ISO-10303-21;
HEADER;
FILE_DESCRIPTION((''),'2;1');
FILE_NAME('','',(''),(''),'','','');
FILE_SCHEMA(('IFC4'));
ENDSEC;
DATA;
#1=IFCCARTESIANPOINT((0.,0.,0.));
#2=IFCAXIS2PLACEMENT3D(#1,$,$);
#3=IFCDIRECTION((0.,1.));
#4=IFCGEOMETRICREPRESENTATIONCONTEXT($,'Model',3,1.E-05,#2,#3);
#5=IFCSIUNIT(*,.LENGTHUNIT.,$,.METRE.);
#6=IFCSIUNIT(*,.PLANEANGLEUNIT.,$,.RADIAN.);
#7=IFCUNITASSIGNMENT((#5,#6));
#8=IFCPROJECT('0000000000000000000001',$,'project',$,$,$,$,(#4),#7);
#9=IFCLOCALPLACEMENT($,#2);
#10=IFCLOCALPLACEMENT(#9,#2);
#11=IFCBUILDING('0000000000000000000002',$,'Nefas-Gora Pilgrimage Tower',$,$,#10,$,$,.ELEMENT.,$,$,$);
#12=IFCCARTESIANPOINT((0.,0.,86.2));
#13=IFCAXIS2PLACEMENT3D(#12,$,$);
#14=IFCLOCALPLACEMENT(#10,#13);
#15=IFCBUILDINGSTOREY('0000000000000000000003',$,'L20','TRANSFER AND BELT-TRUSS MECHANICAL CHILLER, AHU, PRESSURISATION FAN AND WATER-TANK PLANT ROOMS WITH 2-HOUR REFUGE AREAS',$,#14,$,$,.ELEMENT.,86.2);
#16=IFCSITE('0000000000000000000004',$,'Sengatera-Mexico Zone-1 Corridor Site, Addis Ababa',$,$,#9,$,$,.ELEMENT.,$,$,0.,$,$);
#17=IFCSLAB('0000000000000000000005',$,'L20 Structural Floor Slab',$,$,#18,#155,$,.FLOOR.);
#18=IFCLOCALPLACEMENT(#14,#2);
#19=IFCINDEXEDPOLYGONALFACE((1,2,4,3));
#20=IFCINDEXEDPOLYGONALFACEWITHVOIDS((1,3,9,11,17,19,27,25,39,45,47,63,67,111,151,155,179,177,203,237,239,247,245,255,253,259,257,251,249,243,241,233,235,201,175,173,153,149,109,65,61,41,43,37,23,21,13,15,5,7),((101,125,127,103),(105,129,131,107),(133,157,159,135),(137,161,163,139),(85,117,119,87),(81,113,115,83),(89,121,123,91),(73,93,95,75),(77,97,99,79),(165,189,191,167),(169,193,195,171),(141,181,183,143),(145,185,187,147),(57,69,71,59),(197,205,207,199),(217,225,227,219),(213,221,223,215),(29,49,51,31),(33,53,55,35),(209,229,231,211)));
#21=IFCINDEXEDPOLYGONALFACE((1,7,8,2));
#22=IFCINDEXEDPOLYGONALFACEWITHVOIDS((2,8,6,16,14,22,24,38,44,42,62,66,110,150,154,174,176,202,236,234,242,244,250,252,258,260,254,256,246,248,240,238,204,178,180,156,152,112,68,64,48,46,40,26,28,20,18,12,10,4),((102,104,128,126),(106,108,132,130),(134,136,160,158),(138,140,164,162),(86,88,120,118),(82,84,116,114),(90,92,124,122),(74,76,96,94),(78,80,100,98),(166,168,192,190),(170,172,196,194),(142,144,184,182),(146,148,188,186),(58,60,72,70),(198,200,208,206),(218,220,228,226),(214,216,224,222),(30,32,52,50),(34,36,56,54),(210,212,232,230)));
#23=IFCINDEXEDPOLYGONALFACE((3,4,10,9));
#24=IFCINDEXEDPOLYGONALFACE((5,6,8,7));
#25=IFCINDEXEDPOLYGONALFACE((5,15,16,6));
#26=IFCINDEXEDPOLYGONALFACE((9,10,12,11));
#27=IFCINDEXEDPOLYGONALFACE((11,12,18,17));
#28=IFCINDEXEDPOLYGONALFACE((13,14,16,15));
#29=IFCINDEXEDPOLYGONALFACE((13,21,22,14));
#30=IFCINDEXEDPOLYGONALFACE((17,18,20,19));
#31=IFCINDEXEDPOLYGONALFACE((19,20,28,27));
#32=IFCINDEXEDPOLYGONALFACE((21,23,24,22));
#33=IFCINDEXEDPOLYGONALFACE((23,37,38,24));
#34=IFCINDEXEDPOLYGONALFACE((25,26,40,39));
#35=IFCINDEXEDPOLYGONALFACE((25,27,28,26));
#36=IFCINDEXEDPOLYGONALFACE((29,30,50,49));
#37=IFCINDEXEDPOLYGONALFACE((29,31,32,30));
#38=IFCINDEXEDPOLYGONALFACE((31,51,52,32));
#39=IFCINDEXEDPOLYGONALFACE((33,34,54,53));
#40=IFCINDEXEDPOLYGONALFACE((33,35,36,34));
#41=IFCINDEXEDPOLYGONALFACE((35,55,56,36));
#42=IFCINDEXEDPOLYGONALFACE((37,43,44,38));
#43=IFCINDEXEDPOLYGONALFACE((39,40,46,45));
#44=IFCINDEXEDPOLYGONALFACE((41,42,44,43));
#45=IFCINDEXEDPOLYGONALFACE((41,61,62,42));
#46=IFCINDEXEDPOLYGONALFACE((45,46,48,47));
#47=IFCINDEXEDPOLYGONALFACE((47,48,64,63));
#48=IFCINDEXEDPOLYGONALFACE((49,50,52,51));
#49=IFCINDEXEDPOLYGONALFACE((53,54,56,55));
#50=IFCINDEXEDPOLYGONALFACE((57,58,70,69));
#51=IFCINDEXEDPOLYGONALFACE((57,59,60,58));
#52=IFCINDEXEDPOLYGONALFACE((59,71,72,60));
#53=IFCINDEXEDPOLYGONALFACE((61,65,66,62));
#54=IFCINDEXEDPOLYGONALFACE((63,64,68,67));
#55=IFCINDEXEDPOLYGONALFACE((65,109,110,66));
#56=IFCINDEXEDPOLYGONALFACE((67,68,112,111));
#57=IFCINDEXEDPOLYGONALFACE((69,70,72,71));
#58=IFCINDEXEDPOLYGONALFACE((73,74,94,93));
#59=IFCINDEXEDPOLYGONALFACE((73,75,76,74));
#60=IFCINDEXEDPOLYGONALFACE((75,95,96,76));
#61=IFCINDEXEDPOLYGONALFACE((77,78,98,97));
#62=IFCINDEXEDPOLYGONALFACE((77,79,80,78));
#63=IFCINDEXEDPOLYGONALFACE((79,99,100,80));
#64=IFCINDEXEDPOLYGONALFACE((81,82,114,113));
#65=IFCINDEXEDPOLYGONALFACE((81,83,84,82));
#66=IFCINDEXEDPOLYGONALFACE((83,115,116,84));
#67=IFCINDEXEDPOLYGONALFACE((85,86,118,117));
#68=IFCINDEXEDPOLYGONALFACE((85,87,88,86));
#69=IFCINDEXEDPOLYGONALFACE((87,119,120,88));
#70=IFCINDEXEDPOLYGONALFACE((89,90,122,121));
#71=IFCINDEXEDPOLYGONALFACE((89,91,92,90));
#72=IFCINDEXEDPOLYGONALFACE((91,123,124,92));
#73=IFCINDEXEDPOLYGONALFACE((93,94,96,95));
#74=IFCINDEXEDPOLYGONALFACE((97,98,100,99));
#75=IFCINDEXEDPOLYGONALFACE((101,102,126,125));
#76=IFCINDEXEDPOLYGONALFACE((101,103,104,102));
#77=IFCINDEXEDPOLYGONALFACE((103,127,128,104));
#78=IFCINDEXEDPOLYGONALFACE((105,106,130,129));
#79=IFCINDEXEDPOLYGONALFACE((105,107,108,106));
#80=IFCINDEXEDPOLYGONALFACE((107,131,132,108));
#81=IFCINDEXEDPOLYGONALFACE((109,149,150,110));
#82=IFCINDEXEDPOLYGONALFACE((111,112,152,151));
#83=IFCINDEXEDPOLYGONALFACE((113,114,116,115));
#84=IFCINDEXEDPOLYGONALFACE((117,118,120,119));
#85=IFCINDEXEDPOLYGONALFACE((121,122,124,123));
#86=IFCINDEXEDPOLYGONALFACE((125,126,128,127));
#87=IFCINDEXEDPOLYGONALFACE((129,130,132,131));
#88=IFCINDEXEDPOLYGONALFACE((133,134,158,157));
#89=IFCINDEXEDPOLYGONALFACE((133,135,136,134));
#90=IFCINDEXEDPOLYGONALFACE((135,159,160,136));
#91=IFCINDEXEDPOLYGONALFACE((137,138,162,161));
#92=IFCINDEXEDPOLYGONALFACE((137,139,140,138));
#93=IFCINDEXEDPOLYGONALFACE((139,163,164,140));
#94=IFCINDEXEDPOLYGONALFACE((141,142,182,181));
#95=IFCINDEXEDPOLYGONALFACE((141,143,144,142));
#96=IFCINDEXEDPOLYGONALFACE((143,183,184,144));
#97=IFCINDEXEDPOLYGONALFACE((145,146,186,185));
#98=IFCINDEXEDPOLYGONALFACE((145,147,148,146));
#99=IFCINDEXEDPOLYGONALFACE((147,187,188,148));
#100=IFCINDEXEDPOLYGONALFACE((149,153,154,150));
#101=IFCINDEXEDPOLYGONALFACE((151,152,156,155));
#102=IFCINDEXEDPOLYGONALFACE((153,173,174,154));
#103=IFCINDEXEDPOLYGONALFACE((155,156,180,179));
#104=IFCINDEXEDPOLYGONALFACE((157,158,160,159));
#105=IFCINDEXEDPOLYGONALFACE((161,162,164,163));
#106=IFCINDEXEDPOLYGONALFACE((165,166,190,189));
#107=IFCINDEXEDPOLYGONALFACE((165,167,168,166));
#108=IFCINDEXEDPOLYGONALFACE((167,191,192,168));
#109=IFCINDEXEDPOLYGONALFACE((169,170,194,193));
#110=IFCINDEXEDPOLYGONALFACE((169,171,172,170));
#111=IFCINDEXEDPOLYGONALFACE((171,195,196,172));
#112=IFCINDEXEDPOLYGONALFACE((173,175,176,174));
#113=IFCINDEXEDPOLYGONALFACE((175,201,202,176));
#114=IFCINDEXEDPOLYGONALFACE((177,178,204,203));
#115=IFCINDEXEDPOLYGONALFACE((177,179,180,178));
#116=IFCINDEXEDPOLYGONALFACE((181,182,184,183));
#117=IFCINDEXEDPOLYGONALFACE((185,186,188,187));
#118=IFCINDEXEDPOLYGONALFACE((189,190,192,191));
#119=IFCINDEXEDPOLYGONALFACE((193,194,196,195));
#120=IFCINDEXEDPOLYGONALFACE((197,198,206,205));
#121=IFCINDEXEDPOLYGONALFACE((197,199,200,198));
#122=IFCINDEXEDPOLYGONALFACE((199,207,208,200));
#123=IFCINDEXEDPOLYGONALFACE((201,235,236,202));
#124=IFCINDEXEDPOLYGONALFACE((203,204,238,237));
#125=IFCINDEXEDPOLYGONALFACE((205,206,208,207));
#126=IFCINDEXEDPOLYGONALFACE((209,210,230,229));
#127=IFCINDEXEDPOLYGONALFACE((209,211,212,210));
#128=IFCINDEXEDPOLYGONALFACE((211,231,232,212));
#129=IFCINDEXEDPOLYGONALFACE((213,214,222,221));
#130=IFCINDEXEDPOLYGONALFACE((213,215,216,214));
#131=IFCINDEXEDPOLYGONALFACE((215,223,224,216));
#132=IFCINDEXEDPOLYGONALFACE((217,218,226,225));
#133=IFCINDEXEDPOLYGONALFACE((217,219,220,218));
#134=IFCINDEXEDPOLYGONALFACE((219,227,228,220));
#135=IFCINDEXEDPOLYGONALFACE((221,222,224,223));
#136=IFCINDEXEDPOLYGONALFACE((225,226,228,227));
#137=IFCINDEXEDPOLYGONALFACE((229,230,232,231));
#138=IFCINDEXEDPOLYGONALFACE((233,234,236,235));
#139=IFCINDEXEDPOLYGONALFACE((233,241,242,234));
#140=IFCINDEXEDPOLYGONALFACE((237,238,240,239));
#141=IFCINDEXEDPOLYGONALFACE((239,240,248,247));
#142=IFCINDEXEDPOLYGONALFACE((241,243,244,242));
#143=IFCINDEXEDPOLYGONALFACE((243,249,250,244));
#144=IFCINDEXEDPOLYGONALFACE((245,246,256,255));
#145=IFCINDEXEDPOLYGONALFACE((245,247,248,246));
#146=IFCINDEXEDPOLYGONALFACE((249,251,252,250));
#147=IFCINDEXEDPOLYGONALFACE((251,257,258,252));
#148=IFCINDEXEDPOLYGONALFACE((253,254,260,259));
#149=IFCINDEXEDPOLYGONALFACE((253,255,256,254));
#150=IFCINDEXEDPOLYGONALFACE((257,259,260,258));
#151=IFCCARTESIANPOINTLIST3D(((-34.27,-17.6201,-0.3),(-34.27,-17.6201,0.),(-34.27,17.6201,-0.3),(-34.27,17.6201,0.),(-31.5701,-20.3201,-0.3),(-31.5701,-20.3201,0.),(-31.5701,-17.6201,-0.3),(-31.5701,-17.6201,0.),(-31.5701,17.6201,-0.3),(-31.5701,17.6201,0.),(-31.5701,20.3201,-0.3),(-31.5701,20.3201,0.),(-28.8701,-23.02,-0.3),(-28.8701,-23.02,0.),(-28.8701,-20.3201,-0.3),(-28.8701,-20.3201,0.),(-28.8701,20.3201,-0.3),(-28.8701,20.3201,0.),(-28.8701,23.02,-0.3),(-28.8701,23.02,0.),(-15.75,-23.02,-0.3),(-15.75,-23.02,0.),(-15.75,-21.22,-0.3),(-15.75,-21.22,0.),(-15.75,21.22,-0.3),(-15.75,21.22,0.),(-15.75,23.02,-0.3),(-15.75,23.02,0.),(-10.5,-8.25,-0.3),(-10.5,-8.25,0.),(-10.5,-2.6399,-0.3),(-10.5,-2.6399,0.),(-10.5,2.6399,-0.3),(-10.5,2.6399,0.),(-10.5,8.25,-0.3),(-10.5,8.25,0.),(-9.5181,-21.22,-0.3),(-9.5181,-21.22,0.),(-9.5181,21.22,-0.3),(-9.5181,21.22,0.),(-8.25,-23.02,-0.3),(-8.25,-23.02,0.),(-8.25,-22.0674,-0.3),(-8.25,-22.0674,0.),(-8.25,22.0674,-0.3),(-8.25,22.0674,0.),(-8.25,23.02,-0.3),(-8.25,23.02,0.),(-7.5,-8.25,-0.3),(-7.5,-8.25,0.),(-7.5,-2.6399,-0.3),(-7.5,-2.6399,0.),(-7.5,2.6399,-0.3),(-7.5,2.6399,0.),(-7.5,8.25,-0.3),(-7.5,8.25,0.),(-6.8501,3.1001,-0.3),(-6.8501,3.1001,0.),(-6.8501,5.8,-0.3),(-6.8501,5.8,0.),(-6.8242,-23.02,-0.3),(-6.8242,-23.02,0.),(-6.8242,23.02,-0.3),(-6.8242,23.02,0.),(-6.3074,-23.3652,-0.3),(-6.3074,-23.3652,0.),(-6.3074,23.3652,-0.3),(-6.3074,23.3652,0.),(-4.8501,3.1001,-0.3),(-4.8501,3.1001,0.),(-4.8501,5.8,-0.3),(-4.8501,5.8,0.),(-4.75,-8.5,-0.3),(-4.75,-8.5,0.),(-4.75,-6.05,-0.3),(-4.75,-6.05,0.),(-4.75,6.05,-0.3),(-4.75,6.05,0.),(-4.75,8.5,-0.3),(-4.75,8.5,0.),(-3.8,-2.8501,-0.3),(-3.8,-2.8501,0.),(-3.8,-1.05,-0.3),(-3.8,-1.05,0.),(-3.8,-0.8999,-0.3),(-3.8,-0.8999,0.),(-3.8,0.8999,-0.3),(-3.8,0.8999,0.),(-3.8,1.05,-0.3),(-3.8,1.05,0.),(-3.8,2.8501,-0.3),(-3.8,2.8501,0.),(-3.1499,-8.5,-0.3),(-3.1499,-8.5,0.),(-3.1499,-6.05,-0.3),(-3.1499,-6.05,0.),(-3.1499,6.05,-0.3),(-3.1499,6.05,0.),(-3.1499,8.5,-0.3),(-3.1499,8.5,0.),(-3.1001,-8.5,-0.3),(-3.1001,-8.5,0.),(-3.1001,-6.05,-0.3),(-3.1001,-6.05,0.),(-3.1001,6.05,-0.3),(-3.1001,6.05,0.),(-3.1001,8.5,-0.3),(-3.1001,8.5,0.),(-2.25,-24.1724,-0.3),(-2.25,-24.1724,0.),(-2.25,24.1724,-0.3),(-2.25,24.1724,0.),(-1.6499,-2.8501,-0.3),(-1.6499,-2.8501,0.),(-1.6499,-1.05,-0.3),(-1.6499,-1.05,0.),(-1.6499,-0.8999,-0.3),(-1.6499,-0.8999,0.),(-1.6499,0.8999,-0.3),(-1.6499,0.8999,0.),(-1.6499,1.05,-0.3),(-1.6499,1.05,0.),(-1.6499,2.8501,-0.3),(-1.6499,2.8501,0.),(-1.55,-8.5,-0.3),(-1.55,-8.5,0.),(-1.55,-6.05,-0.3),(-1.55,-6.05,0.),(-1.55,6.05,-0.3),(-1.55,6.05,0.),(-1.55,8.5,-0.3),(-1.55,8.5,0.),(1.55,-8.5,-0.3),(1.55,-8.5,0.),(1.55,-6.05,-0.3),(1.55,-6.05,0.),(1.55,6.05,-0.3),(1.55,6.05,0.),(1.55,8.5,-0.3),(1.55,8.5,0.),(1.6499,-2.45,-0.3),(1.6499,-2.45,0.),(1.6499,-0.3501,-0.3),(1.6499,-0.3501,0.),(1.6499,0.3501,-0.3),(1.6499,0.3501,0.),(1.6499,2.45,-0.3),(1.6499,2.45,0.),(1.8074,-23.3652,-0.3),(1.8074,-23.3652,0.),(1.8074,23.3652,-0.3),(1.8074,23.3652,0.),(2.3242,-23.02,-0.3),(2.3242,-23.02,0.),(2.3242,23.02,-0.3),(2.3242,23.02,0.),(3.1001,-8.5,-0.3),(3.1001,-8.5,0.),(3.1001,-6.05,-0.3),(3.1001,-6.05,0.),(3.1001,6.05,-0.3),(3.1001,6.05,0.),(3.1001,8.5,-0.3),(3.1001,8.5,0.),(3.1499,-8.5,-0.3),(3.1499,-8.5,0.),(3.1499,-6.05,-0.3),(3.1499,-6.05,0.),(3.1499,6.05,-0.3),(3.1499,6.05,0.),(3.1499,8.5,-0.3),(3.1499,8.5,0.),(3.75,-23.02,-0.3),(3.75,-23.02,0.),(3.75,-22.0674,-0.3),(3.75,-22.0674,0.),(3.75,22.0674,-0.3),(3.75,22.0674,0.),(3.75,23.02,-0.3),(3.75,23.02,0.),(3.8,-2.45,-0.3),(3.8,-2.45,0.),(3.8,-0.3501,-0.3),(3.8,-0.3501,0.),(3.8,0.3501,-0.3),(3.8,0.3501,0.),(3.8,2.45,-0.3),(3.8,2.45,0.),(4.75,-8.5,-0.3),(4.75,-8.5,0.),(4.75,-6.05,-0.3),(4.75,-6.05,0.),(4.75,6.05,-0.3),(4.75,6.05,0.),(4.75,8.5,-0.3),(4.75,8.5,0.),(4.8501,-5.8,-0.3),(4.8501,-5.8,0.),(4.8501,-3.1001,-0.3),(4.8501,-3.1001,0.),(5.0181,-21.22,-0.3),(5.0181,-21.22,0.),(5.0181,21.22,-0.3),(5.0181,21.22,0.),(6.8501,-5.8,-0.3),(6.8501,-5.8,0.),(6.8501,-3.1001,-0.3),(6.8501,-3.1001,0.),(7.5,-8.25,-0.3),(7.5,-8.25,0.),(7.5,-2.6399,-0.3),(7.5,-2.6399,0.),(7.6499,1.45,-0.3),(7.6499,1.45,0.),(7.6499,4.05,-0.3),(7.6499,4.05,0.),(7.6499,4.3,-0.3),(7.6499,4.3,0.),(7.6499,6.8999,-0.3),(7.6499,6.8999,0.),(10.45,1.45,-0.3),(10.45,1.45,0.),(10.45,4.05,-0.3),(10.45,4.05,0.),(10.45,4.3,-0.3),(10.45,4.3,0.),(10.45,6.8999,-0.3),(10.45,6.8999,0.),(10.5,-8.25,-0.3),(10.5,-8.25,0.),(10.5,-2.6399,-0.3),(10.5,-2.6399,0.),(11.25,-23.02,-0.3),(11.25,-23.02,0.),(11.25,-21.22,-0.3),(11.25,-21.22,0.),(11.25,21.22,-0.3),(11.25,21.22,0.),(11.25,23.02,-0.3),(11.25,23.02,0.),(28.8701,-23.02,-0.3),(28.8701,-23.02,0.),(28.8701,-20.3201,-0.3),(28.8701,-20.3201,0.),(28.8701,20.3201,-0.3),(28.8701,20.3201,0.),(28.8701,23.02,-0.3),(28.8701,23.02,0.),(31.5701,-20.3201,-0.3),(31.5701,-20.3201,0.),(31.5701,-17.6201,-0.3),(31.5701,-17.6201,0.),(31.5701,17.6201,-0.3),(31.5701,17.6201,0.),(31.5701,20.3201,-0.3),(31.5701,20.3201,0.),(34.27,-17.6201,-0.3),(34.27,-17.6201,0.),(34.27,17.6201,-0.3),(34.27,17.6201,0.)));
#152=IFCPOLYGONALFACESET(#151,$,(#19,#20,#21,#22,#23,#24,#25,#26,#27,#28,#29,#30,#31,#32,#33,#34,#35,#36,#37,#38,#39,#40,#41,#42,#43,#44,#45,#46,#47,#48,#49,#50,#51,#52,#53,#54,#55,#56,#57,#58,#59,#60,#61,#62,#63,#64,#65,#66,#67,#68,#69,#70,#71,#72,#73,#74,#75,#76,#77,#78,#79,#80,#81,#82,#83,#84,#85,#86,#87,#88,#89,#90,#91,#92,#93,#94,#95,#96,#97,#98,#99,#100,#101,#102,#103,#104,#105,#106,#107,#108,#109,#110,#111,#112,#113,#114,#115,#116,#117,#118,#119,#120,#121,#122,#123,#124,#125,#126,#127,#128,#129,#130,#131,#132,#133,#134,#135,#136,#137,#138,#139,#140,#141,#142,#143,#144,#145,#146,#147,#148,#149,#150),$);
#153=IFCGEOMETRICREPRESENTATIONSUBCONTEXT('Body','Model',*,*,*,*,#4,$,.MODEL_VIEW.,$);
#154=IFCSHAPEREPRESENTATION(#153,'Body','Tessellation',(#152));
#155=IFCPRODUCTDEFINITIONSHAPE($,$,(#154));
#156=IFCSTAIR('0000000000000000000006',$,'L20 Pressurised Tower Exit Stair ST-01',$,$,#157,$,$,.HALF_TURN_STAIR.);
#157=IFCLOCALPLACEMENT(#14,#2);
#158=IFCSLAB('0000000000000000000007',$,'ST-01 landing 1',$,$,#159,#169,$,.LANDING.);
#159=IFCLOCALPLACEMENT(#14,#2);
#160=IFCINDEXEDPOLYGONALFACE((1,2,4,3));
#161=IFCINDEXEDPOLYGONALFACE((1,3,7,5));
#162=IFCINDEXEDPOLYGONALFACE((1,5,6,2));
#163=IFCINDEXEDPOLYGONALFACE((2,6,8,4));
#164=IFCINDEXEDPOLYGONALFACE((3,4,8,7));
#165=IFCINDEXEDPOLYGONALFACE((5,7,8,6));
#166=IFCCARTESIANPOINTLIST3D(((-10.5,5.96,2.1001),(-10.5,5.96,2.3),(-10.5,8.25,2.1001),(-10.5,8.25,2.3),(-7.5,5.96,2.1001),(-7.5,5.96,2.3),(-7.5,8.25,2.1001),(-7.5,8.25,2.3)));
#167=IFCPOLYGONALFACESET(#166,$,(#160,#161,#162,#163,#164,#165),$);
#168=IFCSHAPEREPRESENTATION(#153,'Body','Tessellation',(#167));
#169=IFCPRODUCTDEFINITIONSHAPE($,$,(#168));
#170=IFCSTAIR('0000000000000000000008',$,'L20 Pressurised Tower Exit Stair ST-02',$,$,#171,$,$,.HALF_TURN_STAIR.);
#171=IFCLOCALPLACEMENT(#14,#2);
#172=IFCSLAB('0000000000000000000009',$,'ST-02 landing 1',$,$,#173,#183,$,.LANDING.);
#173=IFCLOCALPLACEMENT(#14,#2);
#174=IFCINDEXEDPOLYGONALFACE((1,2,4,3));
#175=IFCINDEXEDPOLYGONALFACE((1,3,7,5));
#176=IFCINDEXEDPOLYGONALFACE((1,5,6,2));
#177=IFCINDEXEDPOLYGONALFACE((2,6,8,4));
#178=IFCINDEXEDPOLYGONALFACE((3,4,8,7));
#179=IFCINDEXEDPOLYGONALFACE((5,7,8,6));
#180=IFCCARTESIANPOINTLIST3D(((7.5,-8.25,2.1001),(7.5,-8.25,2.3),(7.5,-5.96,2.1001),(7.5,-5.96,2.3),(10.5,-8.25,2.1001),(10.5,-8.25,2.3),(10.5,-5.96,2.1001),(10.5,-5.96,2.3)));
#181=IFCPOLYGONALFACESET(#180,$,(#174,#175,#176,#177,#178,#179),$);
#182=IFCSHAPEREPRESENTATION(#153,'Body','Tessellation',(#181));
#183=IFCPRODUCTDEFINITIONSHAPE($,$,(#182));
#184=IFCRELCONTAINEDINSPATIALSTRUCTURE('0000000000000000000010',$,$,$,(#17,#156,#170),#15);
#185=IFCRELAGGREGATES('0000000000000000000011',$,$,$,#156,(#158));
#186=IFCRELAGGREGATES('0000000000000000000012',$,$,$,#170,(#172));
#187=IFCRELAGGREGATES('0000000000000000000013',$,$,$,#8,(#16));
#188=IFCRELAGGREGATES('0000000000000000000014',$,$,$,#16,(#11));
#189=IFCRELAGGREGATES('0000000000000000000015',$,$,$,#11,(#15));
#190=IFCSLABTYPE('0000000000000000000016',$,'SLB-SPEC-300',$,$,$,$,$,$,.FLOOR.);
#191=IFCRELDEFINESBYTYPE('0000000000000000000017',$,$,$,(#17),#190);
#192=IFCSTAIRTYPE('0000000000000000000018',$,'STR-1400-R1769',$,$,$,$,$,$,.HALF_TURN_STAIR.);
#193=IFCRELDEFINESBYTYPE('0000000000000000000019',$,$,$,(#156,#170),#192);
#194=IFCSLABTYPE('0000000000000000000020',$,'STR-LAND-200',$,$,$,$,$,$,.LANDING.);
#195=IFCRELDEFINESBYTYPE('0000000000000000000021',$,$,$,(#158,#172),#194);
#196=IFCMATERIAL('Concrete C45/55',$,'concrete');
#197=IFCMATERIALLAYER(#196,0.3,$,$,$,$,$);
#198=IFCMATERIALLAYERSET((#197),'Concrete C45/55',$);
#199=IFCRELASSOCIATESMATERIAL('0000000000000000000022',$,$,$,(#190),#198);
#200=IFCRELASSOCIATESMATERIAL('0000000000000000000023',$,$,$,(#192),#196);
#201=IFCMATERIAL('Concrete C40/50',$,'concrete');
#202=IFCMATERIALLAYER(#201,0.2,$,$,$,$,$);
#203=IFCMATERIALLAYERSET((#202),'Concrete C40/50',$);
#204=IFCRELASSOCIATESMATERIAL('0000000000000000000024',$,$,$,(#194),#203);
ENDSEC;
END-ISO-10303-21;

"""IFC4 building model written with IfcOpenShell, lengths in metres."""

from ifc_helpers import new_model, si_unit, direction, frame, origin, place, context, subcontext, project, spatial, polyline, outline, extrude, material, layer, layer_set, type_object, element, aggregate, save


model = new_model("IFC4")

# Units and contexts
model_context = context("Model", 3, precision=1e-05, world=origin(), true_north=direction((0.0, 1.0)))
body_context = subcontext(model_context, "Body", "Model", "MODEL_VIEW")
ifc_project = project(units=[si_unit("LENGTHUNIT", "METRE"), si_unit("PLANEANGLEUNIT", "RADIAN")], contexts=[model_context])

# Site, building, storey
site_placement = place(None, origin())
site = spatial("IfcSite", under=ifc_project, at=site_placement, Name="Sengatera-Mexico Zone-1 Corridor Site, Addis Ababa", CompositionType="ELEMENT", RefElevation=0.0)
building_placement = place(site_placement, origin())
building = spatial("IfcBuilding", under=site, at=building_placement, Name="Nefas-Gora Pilgrimage Tower", CompositionType="ELEMENT")
storey_placement = place(building_placement, frame((0.0, 0.0, 86.2)))
storey = spatial("IfcBuildingStorey", under=building, at=storey_placement, Name="L20", Description="TRANSFER AND BELT-TRUSS MECHANICAL CHILLER, AHU, PRESSURISATION FAN AND WATER-TANK PLANT ROOMS WITH 2-HOUR REFUGE AREAS", CompositionType="ELEMENT", Elevation=86.2)

# Slab
ifc_material_1 = material(Name="Concrete C45/55", Category="concrete")
ifc_layer_1 = layer(ifc_material_1, 0.3)
ifc_layer_set_1 = layer_set([ifc_layer_1], Name="Concrete C45/55")
slab_type_1 = type_object("IfcSlabType", Name="SLB-SPEC-300", PredefinedType="FLOOR", material=ifc_layer_set_1)
slab_1_placement = place(storey_placement, frame((0.0, 0.0, -0.3)))
element("IfcSlab", 1, at=slab_1_placement, inside=storey, type_object=slab_type_1, Name="L20 Structural Floor Slab", PredefinedType="FLOOR", context=body_context, shape_type="SweptSolid", body=[
    extrude(outline(polyline([(5.0181, -21.22), (11.25, -21.22), (11.25, -23.02), (28.8701, -23.02), (28.8701, -20.3201), (31.5701, -20.3201), (31.5701, -17.6201), (34.27, -17.6201), (34.27, 17.6201), (31.5701, 17.6201), (31.5701, 20.3201), (28.8701, 20.3201), (28.8701, 23.02), (11.25, 23.02), (11.25, 21.22), (5.0181, 21.22), (3.75, 22.0674), (3.75, 23.02), (2.3242, 23.02), (1.8074, 23.3652), (-2.25, 24.1724), (-6.3074, 23.3652), (-6.8242, 23.02), (-8.25, 23.02), (-8.25, 22.0674), (-9.5181, 21.22), (-15.75, 21.22), (-15.75, 23.02), (-28.8701, 23.02), (-28.8701, 20.3201), (-31.5701, 20.3201), (-31.5701, 17.6201), (-34.27, 17.6201), (-34.27, -17.6201), (-31.5701, -17.6201), (-31.5701, -20.3201), (-28.8701, -20.3201), (-28.8701, -23.02), (-15.75, -23.02), (-15.75, -21.22), (-9.5181, -21.22), (-8.25, -22.0674), (-8.25, -23.02), (-6.8242, -23.02), (-6.3074, -23.3652), (-2.25, -24.1724), (1.8074, -23.3652), (2.3242, -23.02), (3.75, -23.02), (3.75, -22.0674), (5.0181, -21.22)]), holes=[polyline([(-10.5, 2.6399), (-10.5, 8.25), (-7.5, 8.25), (-7.5, 2.6399), (-10.5, 2.6399)]), polyline([(10.5, -2.6399), (10.5, -8.25), (7.5, -8.25), (7.5, -2.6399), (10.5, -2.6399)]), polyline([(-7.5, -2.6399), (-7.5, -8.25), (-10.5, -8.25), (-10.5, -2.6399), (-7.5, -2.6399)]), polyline([(-6.8501, 5.8), (-4.8501, 5.8), (-4.8501, 3.1001), (-6.8501, 3.1001), (-6.8501, 5.8)]), polyline([(4.8501, -3.1001), (6.8501, -3.1001), (6.8501, -5.8), (4.8501, -5.8), (4.8501, -3.1001)]), polyline([(7.6499, 4.05), (10.45, 4.05), (10.45, 1.45), (7.6499, 1.45), (7.6499, 4.05)]), polyline([(7.6499, 6.8999), (10.45, 6.8999), (10.45, 4.3), (7.6499, 4.3), (7.6499, 6.8999)]), polyline([(-4.75, 8.5), (-3.1499, 8.5), (-3.1499, 6.05), (-4.75, 6.05), (-4.75, 8.5)]), polyline([(-3.1001, 8.5), (-1.55, 8.5), (-1.55, 6.05), (-3.1001, 6.05), (-3.1001, 8.5)]), polyline([(1.55, 8.5), (3.1001, 8.5), (3.1001, 6.05), (1.55, 6.05), (1.55, 8.5)]), polyline([(3.1499, 8.5), (4.75, 8.5), (4.75, 6.05), (3.1499, 6.05), (3.1499, 8.5)]), polyline([(-4.75, -6.05), (-3.1499, -6.05), (-3.1499, -8.5), (-4.75, -8.5), (-4.75, -6.05)]), polyline([(-3.1001, -6.05), (-1.55, -6.05), (-1.55, -8.5), (-3.1001, -8.5), (-3.1001, -6.05)]), polyline([(1.55, -6.05), (3.1001, -6.05), (3.1001, -8.5), (1.55, -8.5), (1.55, -6.05)]), polyline([(3.1499, -6.05), (4.75, -6.05), (4.75, -8.5), (3.1499, -8.5), (3.1499, -6.05)]), polyline([(-3.8, -1.05), (-1.6499, -1.05), (-1.6499, -2.8501), (-3.8, -2.8501), (-3.8, -1.05)]), polyline([(-3.8, 0.8999), (-1.6499, 0.8999), (-1.6499, -0.8999), (-3.8, -0.8999), (-3.8, 0.8999)]), polyline([(-3.8, 2.8501), (-1.6499, 2.8501), (-1.6499, 1.05), (-3.8, 1.05), (-3.8, 2.8501)]), polyline([(1.6499, -0.3501), (3.8, -0.3501), (3.8, -2.45), (1.6499, -2.45), (1.6499, -0.3501)]), polyline([(1.6499, 2.45), (3.8, 2.45), (3.8, 0.3501), (1.6499, 0.3501), (1.6499, 2.45)])]), origin(), (0.0, 0.0, 1.0), 0.3),
])

# Stairs, slabs
stair_type = type_object("IfcStairType", Name="STR-1400-R1769", PredefinedType="HALF_TURN_STAIR", material=ifc_material_1)
stair_1_placement = place(storey_placement, origin())
stair_1 = element("IfcStair", 2, at=stair_1_placement, inside=storey, type_object=stair_type, Name="L20 Pressurised Tower Exit Stair ST-01", PredefinedType="HALF_TURN_STAIR")
ifc_material_2 = material(Name="Concrete C40/50", Category="concrete")
ifc_layer_2 = layer(ifc_material_2, 0.2)
ifc_layer_set_2 = layer_set([ifc_layer_2], Name="Concrete C40/50")
slab_type_2 = type_object("IfcSlabType", Name="STR-LAND-200", PredefinedType="LANDING", material=ifc_layer_set_2)
slab_2_placement = place(storey_placement, frame((0.0, 0.0, 2.1001)))
slab_2 = element("IfcSlab", 3, at=slab_2_placement, type_object=slab_type_2, Name="ST-01 landing 1", PredefinedType="LANDING", context=body_context, shape_type="SweptSolid", body=[
    extrude(outline(polyline([(-7.5, 5.96), (-7.5, 8.25), (-10.5, 8.25), (-10.5, 5.96), (-7.5, 5.96)])), origin(), (0.0, 0.0, 1.0), 0.2),
])
aggregate(stair_1, [slab_2])
stair_2_placement = place(storey_placement, origin())
stair_2 = element("IfcStair", 4, at=stair_2_placement, inside=storey, type_object=stair_type, Name="L20 Pressurised Tower Exit Stair ST-02", PredefinedType="HALF_TURN_STAIR")
slab_3_placement = place(storey_placement, frame((0.0, 0.0, 2.1001)))
slab_3 = element("IfcSlab", 5, at=slab_3_placement, type_object=slab_type_2, Name="ST-02 landing 1", PredefinedType="LANDING", context=body_context, shape_type="SweptSolid", body=[
    extrude(outline(polyline([(7.5, -5.96), (7.5, -8.25), (10.5, -8.25), (10.5, -5.96), (7.5, -5.96)])), origin(), (0.0, 0.0, 1.0), 0.2),
])
aggregate(stair_2, [slab_3])

save(model, "model.ifc")
